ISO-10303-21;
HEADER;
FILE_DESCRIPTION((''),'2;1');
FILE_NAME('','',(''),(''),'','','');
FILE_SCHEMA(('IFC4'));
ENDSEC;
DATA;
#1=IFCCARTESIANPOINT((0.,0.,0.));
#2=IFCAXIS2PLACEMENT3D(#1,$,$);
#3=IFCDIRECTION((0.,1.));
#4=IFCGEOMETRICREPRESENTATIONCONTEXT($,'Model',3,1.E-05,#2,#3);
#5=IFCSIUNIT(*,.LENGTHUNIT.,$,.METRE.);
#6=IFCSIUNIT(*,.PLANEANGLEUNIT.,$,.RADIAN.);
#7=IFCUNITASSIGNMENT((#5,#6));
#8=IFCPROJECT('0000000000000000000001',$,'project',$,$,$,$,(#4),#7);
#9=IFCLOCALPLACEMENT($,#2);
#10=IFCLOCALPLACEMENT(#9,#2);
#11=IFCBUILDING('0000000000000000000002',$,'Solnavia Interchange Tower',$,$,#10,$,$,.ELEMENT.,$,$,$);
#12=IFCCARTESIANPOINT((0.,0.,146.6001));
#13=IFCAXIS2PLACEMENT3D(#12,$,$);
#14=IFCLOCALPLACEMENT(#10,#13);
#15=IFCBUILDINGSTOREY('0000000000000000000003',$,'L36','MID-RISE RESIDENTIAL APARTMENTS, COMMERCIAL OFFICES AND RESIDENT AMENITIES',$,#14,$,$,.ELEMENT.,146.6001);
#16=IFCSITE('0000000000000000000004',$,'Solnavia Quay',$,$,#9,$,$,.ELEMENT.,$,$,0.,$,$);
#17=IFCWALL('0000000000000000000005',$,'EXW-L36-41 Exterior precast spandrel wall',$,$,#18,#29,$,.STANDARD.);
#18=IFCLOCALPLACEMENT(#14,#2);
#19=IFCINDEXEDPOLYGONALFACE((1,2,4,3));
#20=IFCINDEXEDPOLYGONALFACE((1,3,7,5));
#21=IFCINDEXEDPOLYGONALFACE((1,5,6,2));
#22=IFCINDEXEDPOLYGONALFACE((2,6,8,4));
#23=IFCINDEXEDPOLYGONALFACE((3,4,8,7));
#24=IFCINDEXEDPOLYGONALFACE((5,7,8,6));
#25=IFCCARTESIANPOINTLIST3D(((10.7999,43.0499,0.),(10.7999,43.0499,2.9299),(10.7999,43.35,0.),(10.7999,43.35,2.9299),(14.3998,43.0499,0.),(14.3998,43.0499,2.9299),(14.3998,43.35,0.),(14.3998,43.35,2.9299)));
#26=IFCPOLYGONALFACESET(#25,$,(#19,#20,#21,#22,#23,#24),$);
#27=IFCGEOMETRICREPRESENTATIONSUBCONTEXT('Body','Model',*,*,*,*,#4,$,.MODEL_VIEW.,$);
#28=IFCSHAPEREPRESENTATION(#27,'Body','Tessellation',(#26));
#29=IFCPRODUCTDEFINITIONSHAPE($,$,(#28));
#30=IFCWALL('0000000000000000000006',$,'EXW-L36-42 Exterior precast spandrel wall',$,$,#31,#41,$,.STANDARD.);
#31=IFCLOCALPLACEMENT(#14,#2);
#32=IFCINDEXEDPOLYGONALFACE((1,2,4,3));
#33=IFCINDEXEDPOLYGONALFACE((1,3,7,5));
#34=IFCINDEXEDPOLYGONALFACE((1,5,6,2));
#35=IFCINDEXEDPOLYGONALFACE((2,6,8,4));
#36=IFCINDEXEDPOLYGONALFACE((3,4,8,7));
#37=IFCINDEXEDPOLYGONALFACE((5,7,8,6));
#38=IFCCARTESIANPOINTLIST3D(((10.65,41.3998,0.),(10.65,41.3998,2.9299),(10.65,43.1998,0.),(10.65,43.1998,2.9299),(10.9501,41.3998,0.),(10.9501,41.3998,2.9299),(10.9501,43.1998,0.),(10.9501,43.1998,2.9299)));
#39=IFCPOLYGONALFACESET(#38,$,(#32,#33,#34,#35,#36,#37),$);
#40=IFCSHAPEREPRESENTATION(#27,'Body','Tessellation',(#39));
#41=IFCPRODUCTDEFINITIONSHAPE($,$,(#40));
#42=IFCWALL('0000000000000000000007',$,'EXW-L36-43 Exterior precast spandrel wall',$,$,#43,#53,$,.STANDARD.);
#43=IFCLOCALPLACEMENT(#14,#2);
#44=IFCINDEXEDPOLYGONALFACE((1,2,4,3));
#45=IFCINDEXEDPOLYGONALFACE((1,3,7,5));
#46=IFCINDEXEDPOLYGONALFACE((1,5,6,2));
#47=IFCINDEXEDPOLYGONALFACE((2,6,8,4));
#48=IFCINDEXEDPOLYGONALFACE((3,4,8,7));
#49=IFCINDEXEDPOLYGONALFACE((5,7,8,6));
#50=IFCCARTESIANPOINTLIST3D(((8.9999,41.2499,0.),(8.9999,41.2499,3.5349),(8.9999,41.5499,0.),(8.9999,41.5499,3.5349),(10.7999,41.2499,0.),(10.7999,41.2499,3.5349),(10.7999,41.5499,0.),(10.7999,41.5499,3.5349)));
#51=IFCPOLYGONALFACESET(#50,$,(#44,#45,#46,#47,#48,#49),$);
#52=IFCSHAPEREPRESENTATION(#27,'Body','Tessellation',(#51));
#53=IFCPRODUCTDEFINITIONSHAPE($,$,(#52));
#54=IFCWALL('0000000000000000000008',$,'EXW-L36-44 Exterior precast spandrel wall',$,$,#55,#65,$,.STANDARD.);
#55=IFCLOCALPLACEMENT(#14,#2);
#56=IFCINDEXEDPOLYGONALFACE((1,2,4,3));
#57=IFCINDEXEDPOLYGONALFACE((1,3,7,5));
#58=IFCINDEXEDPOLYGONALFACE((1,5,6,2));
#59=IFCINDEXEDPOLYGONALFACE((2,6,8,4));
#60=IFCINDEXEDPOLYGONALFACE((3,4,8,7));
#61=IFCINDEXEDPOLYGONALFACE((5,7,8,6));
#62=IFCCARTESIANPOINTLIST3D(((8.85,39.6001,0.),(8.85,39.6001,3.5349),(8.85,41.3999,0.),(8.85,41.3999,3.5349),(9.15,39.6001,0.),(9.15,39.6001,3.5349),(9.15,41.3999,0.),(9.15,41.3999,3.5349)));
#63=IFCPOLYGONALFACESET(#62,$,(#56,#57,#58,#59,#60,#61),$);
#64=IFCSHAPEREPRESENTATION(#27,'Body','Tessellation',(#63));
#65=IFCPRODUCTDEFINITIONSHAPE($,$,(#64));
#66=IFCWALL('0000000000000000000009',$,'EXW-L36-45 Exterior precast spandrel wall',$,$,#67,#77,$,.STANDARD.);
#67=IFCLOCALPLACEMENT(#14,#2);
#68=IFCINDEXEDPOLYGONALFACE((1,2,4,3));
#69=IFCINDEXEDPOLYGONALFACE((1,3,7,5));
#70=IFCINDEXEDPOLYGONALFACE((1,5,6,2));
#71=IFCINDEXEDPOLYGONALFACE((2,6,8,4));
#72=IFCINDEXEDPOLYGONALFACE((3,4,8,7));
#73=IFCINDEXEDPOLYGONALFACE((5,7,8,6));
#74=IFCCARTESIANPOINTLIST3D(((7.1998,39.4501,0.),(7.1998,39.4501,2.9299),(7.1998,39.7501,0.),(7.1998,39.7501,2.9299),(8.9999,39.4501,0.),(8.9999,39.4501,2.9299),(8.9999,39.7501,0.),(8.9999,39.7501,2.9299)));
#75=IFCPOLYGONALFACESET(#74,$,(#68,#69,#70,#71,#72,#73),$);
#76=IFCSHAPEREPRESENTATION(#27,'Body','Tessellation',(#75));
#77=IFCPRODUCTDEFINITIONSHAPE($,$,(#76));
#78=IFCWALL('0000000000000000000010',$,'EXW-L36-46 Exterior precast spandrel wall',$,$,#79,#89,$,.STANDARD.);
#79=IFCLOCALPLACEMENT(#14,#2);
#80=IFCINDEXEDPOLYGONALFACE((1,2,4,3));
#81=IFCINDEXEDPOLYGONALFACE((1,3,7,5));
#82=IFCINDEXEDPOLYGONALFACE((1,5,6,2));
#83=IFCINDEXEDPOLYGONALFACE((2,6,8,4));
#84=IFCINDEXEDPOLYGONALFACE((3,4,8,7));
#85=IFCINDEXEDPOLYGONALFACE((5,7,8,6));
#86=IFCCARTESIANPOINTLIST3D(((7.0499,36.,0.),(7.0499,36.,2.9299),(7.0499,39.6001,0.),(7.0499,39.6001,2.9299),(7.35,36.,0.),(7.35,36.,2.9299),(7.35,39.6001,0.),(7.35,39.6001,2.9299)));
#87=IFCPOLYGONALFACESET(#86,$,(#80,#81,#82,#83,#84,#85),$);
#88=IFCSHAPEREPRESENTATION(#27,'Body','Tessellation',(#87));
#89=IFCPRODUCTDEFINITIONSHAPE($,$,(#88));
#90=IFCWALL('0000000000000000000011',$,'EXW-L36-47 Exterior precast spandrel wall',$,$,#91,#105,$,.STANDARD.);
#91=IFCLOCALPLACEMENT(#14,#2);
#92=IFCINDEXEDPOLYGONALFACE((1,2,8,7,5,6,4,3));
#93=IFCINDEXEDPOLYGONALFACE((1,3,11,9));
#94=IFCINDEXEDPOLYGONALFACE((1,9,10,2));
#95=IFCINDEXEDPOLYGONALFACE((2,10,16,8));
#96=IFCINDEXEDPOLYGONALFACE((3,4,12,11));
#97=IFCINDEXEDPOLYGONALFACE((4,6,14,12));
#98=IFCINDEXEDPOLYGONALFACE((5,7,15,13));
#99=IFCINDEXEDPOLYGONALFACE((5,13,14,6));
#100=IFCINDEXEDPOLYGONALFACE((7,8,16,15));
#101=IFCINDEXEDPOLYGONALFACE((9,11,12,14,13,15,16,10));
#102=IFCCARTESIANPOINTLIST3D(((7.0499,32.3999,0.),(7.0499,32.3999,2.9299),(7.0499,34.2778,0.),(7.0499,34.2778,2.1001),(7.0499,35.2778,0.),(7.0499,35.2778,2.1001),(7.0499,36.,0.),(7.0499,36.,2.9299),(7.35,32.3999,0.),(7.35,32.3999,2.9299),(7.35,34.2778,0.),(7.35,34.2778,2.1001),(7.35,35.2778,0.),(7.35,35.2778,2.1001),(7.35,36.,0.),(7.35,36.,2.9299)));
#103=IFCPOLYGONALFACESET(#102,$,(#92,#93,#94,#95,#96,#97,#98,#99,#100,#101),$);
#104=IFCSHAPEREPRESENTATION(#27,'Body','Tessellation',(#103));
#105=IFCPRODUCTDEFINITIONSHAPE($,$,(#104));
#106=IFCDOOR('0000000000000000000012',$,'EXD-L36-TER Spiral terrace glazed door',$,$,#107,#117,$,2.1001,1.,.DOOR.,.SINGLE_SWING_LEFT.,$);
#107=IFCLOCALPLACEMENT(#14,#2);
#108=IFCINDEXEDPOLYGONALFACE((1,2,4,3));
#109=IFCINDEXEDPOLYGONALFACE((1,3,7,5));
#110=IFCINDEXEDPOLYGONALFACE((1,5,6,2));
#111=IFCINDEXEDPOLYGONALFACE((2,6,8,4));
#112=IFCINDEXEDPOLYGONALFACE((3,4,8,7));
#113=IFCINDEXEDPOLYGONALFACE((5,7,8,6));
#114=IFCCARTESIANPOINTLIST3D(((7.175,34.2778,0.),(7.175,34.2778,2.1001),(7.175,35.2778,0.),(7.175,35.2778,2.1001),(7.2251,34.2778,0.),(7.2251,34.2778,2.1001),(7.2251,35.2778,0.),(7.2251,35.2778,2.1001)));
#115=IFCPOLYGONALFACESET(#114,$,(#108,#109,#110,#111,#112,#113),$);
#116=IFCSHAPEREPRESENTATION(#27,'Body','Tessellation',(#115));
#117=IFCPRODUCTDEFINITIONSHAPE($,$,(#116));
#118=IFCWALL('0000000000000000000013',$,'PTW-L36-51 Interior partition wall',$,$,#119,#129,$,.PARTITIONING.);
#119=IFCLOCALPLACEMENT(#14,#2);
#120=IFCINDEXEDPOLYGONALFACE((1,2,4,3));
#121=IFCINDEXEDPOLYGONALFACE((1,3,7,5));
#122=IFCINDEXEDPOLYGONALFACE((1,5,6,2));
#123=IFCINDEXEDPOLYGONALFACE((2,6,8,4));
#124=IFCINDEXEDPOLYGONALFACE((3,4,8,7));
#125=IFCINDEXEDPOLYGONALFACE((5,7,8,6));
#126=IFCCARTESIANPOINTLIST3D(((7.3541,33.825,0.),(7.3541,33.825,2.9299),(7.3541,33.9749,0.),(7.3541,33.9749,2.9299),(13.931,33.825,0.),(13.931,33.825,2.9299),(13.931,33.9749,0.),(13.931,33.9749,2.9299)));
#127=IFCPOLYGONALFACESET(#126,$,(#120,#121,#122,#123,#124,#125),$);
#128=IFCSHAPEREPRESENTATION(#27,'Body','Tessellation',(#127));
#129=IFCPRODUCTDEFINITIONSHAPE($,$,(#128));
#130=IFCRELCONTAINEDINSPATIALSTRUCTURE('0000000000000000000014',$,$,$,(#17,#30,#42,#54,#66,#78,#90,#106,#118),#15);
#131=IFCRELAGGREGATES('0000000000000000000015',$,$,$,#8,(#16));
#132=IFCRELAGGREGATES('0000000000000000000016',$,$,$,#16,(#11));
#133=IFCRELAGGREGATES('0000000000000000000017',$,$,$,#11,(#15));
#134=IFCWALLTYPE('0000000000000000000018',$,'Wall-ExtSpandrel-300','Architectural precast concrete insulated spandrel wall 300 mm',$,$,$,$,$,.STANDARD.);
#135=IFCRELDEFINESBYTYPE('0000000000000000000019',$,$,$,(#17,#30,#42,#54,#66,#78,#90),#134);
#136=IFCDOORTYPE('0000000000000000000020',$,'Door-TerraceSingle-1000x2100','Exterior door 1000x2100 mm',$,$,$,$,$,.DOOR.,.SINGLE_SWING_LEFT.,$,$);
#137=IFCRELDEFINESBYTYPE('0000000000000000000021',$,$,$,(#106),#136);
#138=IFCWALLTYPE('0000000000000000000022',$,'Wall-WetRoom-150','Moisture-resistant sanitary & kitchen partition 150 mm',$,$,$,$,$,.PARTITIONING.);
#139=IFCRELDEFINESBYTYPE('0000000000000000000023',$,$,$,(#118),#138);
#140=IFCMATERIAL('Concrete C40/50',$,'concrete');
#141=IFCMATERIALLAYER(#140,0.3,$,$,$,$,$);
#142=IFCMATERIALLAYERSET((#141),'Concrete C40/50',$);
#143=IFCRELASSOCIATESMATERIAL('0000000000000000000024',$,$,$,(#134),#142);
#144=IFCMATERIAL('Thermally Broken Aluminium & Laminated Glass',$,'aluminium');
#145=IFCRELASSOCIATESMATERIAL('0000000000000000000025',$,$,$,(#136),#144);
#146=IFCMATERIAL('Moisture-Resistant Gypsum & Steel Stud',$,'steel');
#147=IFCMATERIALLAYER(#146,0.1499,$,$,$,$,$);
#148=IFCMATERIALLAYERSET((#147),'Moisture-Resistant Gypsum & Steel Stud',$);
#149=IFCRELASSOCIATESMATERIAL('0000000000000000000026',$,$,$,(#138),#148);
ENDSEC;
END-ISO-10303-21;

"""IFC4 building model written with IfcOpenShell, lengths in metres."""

from ifc_helpers import new_model, si_unit, direction, frame, frame_2d, origin, place, context, subcontext, project, spatial, rectangle, extrude, material, layer, layer_set, type_object, element, fill, save


model = new_model("IFC4")

# Units and contexts
model_context = context("Model", 3, precision=1e-05, world=origin(), true_north=direction((0.0, 1.0)))
body_context = subcontext(model_context, "Body", "Model", "MODEL_VIEW")
ifc_project = project(units=[si_unit("LENGTHUNIT", "METRE"), si_unit("PLANEANGLEUNIT", "RADIAN")], contexts=[model_context])

# Site, building, storey
site_placement = place(None, origin())
site = spatial("IfcSite", under=ifc_project, at=site_placement, Name="Solnavia Quay", CompositionType="ELEMENT", RefElevation=0.0)
building_placement = place(site_placement, origin())
building = spatial("IfcBuilding", under=site, at=building_placement, Name="Solnavia Interchange Tower", CompositionType="ELEMENT")
storey_placement = place(building_placement, frame((0.0, 0.0, 146.6001)))
storey = spatial("IfcBuildingStorey", under=building, at=storey_placement, Name="L36", Description="MID-RISE RESIDENTIAL APARTMENTS, COMMERCIAL OFFICES AND RESIDENT AMENITIES", CompositionType="ELEMENT", Elevation=146.6001)

# Walls
ifc_material_1 = material(Name="Concrete C40/50", Category="concrete")
ifc_layer_1 = layer(ifc_material_1, 0.3)
ifc_layer_set_1 = layer_set([ifc_layer_1], Name="Concrete C40/50")
wall_type_1 = type_object("IfcWallType", Name="Wall-ExtSpandrel-300", Description="Architectural precast concrete insulated spandrel wall 300 mm", PredefinedType="STANDARD", material=ifc_layer_set_1)
wall_1_placement = place(storey_placement, frame((10.8, 43.2, 0.0), z_axis=(0.0, 0.0, 1.0), x_axis=(1.0, 0.0, 0.0)))
element("IfcWall", 1, at=wall_1_placement, inside=storey, type_object=wall_type_1, Name="EXW-L36-41 Exterior precast spandrel wall", PredefinedType="STANDARD", context=body_context, shape_type="SweptSolid", body=[
    extrude(rectangle(XDim=3.5999, YDim=0.3, at=frame_2d((1.7998, 0.0))), origin(), (0.0, 0.0, 1.0), 2.9299),
])
wall_2_placement = place(storey_placement, frame((10.8, 41.3999, 0.0), z_axis=(0.0, 0.0, 1.0), x_axis=(0.0, 1.0, 0.0)))
element("IfcWall", 2, at=wall_2_placement, inside=storey, type_object=wall_type_1, Name="EXW-L36-42 Exterior precast spandrel wall", PredefinedType="STANDARD", context=body_context, shape_type="SweptSolid", body=[
    extrude(rectangle(XDim=1.8, YDim=0.3, at=frame_2d((0.8999, 0.0))), origin(), (0.0, 0.0, 1.0), 2.9299),
])
wall_3_placement = place(storey_placement, frame((9.0, 41.3999, 0.0), z_axis=(0.0, 0.0, 1.0), x_axis=(1.0, 0.0, 0.0)))
element("IfcWall", 3, at=wall_3_placement, inside=storey, type_object=wall_type_1, Name="EXW-L36-43 Exterior precast spandrel wall", PredefinedType="STANDARD", context=body_context, shape_type="SweptSolid", body=[
    extrude(rectangle(XDim=1.8, YDim=0.3, at=frame_2d((0.8999, 0.0))), origin(), (0.0, 0.0, 1.0), 3.5349),
])
wall_4_placement = place(storey_placement, frame((9.0, 39.6001, 0.0), z_axis=(0.0, 0.0, 1.0), x_axis=(0.0, 1.0, 0.0)))
element("IfcWall", 4, at=wall_4_placement, inside=storey, type_object=wall_type_1, Name="EXW-L36-44 Exterior precast spandrel wall", PredefinedType="STANDARD", context=body_context, shape_type="SweptSolid", body=[
    extrude(rectangle(XDim=1.7998, YDim=0.3, at=frame_2d((0.8999, 0.0))), origin(), (0.0, 0.0, 1.0), 3.5349),
])
wall_5_placement = place(storey_placement, frame((7.2, 39.6001, 0.0), z_axis=(0.0, 0.0, 1.0), x_axis=(1.0, 0.0, 0.0)))
element("IfcWall", 5, at=wall_5_placement, inside=storey, type_object=wall_type_1, Name="EXW-L36-45 Exterior precast spandrel wall", PredefinedType="STANDARD", context=body_context, shape_type="SweptSolid", body=[
    extrude(rectangle(XDim=1.8, YDim=0.3, at=frame_2d((0.8999, 0.0))), origin(), (0.0, 0.0, 1.0), 2.9299),
])
wall_6_placement = place(storey_placement, frame((7.2, 36.0, 0.0), z_axis=(0.0, 0.0, 1.0), x_axis=(0.0, 1.0, 0.0)))
element("IfcWall", 6, at=wall_6_placement, inside=storey, type_object=wall_type_1, Name="EXW-L36-46 Exterior precast spandrel wall", PredefinedType="STANDARD", context=body_context, shape_type="SweptSolid", body=[
    extrude(rectangle(XDim=3.6001, YDim=0.3, at=frame_2d((1.8, 0.0))), origin(), (0.0, 0.0, 1.0), 2.9299),
])

# Wall, opening, door
wall_7_placement = place(storey_placement, frame((7.2, 32.3999, 0.0), z_axis=(0.0, 0.0, 1.0), x_axis=(0.0, 1.0, 0.0)))
wall_7 = element("IfcWall", 7, at=wall_7_placement, inside=storey, type_object=wall_type_1, Name="EXW-L36-47 Exterior precast spandrel wall", PredefinedType="STANDARD", context=body_context, shape_type="SweptSolid", body=[
    extrude(rectangle(XDim=3.6001, YDim=0.3, at=frame_2d((1.8, 0.0))), origin(), (0.0, 0.0, 1.0), 2.9299),
])
opening_placement = place(wall_7_placement, frame((1.8779, 0.0, 0.0)))
opening = element("IfcOpeningElement", 8, at=opening_placement, cuts=wall_7, PredefinedType="OPENING", context=body_context, shape_type="SweptSolid", body=[
    extrude(rectangle(XDim=1.0, YDim=2.1001, at=frame_2d((0.5, 1.05))), frame((0.0, 0.1602, 0.0), z_axis=(0.0, -1.0, 0.0), x_axis=(1.0, 0.0, 0.0)), (0.0, 0.0, 1.0), 0.3201),
])
ifc_material_2 = material(Name="Thermally Broken Aluminium & Laminated Glass", Category="aluminium")
door_type = type_object("IfcDoorType", Name="Door-TerraceSingle-1000x2100", Description="Exterior door 1000x2100 mm", OperationType="SINGLE_SWING_LEFT", PredefinedType="DOOR", material=ifc_material_2)
door_placement = place(opening_placement, origin())
door = element("IfcDoor", 9, at=door_placement, inside=storey, type_object=door_type, Name="EXD-L36-TER Spiral terrace glazed door", OperationType="SINGLE_SWING_LEFT", OverallHeight=2.1001, OverallWidth=1.0, PredefinedType="DOOR", context=body_context, shape_type="SweptSolid", body=[
    extrude(rectangle(XDim=1.0, YDim=2.1001, at=frame_2d((0.5, 1.05))), frame((0.0, 0.0249, 0.0), z_axis=(0.0, -1.0, 0.0), x_axis=(1.0, 0.0, 0.0)), (0.0, 0.0, 1.0), 0.05),
])
fill(opening, door)

# Wall
ifc_material_3 = material(Name="Moisture-Resistant Gypsum & Steel Stud", Category="steel")
ifc_layer_2 = layer(ifc_material_3, 0.1499)
ifc_layer_set_2 = layer_set([ifc_layer_2], Name="Moisture-Resistant Gypsum & Steel Stud")
wall_type_2 = type_object("IfcWallType", Name="Wall-WetRoom-150", Description="Moisture-resistant sanitary & kitchen partition 150 mm", PredefinedType="PARTITIONING", material=ifc_layer_set_2)
wall_8_placement = place(storey_placement, frame((7.354, 33.8999, 0.0), z_axis=(0.0, 0.0, 1.0), x_axis=(1.0, 0.0, 0.0)))
element("IfcWall", 10, at=wall_8_placement, inside=storey, type_object=wall_type_2, Name="PTW-L36-51 Interior partition wall", PredefinedType="PARTITIONING", context=body_context, shape_type="SweptSolid", body=[
    extrude(rectangle(XDim=6.5769, YDim=0.1499, at=frame_2d((3.2886, 0.0))), origin(), (0.0, 0.0, 1.0), 2.9299),
])

save(model, "model.ifc")
